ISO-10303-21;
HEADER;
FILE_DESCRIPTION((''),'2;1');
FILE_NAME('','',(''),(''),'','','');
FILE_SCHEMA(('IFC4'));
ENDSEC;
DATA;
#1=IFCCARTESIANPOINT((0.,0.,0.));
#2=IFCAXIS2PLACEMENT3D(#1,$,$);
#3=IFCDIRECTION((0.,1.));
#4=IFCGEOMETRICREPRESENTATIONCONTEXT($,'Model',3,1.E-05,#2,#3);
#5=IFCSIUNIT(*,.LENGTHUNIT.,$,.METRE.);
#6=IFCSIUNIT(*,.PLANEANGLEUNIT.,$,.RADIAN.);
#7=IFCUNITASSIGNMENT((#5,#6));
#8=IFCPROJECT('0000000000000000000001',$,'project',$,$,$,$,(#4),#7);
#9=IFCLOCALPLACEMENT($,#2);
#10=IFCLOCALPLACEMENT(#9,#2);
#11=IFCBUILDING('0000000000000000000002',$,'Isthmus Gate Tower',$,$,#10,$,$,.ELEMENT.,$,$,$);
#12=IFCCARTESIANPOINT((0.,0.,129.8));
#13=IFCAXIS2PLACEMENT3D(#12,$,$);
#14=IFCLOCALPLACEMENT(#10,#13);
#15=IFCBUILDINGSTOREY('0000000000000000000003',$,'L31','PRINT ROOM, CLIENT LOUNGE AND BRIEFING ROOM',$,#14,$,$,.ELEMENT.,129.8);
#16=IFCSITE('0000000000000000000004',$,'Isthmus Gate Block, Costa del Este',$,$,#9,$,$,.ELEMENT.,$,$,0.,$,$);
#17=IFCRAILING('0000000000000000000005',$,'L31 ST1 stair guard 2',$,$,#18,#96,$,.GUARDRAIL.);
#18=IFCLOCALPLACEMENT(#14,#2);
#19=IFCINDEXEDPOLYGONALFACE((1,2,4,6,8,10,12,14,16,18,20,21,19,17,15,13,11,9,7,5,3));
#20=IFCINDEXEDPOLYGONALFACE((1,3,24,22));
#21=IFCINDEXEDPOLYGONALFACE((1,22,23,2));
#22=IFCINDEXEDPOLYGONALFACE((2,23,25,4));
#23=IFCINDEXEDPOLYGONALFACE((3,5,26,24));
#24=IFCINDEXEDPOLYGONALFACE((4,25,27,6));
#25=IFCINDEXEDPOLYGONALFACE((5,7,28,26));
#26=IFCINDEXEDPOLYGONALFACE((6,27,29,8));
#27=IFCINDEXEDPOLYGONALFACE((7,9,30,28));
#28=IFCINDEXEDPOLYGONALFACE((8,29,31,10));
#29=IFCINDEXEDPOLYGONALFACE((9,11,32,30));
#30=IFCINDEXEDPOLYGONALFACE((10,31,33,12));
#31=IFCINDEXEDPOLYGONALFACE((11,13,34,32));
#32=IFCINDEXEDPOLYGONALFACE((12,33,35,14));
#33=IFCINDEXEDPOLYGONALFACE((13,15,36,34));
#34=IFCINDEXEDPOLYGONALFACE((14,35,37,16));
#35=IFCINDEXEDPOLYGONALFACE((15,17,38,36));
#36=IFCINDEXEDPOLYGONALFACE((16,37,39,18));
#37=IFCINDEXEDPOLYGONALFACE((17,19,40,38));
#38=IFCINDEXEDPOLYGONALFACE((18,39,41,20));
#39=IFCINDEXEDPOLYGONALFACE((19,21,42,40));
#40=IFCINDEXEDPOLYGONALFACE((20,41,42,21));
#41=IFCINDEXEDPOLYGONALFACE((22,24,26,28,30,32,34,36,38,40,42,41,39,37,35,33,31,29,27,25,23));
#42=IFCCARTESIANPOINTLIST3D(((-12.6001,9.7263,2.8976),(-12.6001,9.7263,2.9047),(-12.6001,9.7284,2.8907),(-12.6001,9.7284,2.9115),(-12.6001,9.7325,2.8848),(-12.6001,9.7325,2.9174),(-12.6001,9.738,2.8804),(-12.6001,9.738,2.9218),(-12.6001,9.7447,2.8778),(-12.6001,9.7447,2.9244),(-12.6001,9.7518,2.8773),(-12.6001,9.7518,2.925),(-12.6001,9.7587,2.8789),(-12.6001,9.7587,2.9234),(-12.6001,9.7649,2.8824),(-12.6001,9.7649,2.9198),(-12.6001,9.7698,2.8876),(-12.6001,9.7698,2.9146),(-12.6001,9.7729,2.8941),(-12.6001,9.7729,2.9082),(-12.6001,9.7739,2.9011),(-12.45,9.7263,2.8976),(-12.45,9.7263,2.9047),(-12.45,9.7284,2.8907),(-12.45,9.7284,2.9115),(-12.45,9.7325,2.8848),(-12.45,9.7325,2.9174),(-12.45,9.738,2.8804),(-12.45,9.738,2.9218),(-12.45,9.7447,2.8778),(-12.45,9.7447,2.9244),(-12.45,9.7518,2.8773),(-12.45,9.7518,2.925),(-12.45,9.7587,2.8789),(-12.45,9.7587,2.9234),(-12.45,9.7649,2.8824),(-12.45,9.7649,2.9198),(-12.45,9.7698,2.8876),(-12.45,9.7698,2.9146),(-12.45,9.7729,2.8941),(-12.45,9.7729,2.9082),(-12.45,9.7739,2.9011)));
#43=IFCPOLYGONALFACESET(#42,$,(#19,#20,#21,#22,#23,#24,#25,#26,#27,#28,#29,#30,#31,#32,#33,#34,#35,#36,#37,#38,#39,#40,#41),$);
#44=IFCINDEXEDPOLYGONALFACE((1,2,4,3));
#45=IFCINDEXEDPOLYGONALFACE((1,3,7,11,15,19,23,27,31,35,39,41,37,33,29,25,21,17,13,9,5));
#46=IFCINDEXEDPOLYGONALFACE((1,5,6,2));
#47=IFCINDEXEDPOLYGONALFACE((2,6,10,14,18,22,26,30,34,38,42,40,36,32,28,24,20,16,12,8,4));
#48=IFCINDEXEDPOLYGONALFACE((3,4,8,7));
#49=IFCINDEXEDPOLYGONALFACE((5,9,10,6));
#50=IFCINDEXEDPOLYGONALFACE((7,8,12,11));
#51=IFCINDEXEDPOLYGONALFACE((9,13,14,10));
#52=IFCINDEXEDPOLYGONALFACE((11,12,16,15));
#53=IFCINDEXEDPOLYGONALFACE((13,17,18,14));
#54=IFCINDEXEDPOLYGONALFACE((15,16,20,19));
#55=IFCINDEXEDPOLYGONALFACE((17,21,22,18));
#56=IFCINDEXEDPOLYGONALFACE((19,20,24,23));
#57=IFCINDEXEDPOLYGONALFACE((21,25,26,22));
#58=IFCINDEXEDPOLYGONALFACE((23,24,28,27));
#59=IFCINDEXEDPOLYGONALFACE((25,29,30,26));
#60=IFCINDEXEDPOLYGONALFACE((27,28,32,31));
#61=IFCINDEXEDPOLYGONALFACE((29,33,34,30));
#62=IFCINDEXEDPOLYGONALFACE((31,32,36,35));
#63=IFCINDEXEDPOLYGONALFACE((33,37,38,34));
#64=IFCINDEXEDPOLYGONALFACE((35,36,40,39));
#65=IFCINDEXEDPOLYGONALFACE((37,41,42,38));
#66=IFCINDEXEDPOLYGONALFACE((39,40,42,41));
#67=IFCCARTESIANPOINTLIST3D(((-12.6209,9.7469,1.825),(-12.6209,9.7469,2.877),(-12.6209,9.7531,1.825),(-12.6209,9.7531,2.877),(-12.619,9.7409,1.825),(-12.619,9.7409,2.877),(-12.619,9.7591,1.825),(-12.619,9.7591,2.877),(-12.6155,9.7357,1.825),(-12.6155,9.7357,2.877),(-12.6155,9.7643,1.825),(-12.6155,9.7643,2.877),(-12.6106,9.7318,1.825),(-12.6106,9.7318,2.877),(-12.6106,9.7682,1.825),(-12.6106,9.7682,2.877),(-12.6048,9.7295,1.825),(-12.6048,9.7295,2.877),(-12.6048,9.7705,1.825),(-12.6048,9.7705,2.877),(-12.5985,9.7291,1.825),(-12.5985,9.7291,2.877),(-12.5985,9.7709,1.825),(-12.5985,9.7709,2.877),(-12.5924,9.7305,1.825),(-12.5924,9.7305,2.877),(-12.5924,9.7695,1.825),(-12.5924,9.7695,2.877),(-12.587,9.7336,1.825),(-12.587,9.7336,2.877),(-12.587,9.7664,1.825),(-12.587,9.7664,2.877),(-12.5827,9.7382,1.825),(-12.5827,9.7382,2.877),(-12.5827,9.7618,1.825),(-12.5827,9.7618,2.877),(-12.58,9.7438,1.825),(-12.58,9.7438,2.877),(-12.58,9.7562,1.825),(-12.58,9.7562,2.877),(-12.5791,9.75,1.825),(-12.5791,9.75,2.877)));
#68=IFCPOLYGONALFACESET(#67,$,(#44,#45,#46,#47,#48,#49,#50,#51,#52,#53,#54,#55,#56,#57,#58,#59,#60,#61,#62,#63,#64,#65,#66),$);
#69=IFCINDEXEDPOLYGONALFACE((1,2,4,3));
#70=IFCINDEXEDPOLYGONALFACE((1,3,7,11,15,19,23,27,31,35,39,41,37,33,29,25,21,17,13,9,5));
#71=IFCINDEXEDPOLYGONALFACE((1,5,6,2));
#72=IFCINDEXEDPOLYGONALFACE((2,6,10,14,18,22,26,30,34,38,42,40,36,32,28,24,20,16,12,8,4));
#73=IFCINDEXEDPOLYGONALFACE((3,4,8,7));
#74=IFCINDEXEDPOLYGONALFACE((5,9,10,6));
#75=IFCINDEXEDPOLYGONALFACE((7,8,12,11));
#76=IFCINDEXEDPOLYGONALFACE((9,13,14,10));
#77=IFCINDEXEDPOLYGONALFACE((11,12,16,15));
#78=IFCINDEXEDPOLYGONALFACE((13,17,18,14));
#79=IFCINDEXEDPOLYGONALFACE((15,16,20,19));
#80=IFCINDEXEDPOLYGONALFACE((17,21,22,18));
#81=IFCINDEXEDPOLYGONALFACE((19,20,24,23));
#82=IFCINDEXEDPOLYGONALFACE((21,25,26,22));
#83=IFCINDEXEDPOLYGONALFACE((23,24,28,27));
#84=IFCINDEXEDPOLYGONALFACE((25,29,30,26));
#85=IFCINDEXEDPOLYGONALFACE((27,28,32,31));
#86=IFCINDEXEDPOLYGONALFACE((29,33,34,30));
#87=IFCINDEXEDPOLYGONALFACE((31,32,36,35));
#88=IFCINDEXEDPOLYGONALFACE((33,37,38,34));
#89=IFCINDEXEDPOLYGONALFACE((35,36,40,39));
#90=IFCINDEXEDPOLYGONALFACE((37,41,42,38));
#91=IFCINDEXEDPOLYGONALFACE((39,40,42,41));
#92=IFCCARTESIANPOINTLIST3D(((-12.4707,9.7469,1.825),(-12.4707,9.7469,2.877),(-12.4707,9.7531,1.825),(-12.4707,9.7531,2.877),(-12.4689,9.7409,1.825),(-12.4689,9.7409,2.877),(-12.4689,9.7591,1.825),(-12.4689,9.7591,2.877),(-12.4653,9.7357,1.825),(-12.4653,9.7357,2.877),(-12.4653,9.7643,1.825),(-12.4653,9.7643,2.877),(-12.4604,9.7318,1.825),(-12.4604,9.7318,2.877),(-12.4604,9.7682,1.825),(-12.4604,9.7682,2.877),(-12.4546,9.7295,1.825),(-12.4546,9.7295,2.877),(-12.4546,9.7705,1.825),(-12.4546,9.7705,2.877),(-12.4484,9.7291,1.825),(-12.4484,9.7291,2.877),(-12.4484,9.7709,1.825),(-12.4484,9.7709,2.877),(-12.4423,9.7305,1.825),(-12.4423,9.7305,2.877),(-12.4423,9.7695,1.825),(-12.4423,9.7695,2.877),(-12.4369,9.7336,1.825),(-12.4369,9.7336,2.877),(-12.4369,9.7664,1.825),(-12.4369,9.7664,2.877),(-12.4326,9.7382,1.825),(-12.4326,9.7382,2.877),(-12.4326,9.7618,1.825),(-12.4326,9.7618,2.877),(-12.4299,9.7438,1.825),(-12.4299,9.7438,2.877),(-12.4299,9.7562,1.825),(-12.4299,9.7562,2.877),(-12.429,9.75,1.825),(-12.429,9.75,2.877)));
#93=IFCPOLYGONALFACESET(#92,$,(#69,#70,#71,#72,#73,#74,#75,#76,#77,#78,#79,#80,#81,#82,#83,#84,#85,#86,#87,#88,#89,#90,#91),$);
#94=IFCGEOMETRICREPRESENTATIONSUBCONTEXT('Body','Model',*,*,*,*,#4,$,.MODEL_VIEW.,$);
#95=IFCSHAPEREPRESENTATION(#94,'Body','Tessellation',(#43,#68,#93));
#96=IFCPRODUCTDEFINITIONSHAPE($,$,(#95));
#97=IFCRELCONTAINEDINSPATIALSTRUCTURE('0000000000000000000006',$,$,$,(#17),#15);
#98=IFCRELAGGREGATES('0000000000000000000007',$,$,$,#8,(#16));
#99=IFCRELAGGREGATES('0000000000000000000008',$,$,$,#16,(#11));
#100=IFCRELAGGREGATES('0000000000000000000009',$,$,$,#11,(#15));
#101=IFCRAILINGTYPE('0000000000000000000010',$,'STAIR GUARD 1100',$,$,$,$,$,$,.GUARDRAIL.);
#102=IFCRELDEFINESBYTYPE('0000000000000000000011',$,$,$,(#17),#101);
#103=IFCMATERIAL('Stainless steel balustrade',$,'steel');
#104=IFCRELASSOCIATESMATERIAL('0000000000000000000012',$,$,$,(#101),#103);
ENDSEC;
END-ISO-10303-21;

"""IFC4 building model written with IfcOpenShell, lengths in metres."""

from ifc_helpers import new_model, si_unit, direction, frame, origin, origin_2d, place, context, subcontext, project, spatial, circle, extrude, material, type_object, element, save


model = new_model("IFC4")

# Units and contexts
model_context = context("Model", 3, precision=1e-05, world=origin(), true_north=direction((0.0, 1.0)))
body_context = subcontext(model_context, "Body", "Model", "MODEL_VIEW")
ifc_project = project(units=[si_unit("LENGTHUNIT", "METRE"), si_unit("PLANEANGLEUNIT", "RADIAN")], contexts=[model_context])

# Site, building, storey
site_placement = place(None, origin())
site = spatial("IfcSite", under=ifc_project, at=site_placement, Name="Isthmus Gate Block, Costa del Este", CompositionType="ELEMENT", RefElevation=0.0)
building_placement = place(site_placement, origin())
building = spatial("IfcBuilding", under=site, at=building_placement, Name="Isthmus Gate Tower", CompositionType="ELEMENT")
storey_placement = place(building_placement, frame((0.0, 0.0, 129.8)))
storey = spatial("IfcBuildingStorey", under=building, at=storey_placement, Name="L31", Description="PRINT ROOM, CLIENT LOUNGE AND BRIEFING ROOM", CompositionType="ELEMENT", Elevation=129.8)

# Railing
ifc_material_1 = material(Name="Stainless steel balustrade", Category="steel")
railing_type_1 = type_object("IfcRailingType", Name="STAIR GUARD 1100", PredefinedType="GUARDRAIL", material=ifc_material_1)
railing_1_placement = place(storey_placement, frame((-12.6001, 9.75, 1.825)))
element("IfcRailing", 1, at=railing_1_placement, inside=storey, type_object=railing_type_1, Name="L31 ST1 stair guard 2", PredefinedType="GUARDRAIL", context=body_context, shape_type="SweptSolid", body=[
    extrude(circle(Radius=0.0239, at=origin_2d()), frame((0.0, 0.0, 1.0762), z_axis=(1.0, 0.0, 0.0), x_axis=(0.0, 1.0, 0.0)), (0.0, 0.0, 1.0), 0.1501),
    extrude(circle(Radius=0.021, at=origin_2d()), origin(), (0.0, 0.0, 1.0), 1.052),
    extrude(circle(Radius=0.021, at=origin_2d()), frame((0.1501, 0.0, 0.0)), (0.0, 0.0, 1.0), 1.052),
])

save(model, "model.ifc")
